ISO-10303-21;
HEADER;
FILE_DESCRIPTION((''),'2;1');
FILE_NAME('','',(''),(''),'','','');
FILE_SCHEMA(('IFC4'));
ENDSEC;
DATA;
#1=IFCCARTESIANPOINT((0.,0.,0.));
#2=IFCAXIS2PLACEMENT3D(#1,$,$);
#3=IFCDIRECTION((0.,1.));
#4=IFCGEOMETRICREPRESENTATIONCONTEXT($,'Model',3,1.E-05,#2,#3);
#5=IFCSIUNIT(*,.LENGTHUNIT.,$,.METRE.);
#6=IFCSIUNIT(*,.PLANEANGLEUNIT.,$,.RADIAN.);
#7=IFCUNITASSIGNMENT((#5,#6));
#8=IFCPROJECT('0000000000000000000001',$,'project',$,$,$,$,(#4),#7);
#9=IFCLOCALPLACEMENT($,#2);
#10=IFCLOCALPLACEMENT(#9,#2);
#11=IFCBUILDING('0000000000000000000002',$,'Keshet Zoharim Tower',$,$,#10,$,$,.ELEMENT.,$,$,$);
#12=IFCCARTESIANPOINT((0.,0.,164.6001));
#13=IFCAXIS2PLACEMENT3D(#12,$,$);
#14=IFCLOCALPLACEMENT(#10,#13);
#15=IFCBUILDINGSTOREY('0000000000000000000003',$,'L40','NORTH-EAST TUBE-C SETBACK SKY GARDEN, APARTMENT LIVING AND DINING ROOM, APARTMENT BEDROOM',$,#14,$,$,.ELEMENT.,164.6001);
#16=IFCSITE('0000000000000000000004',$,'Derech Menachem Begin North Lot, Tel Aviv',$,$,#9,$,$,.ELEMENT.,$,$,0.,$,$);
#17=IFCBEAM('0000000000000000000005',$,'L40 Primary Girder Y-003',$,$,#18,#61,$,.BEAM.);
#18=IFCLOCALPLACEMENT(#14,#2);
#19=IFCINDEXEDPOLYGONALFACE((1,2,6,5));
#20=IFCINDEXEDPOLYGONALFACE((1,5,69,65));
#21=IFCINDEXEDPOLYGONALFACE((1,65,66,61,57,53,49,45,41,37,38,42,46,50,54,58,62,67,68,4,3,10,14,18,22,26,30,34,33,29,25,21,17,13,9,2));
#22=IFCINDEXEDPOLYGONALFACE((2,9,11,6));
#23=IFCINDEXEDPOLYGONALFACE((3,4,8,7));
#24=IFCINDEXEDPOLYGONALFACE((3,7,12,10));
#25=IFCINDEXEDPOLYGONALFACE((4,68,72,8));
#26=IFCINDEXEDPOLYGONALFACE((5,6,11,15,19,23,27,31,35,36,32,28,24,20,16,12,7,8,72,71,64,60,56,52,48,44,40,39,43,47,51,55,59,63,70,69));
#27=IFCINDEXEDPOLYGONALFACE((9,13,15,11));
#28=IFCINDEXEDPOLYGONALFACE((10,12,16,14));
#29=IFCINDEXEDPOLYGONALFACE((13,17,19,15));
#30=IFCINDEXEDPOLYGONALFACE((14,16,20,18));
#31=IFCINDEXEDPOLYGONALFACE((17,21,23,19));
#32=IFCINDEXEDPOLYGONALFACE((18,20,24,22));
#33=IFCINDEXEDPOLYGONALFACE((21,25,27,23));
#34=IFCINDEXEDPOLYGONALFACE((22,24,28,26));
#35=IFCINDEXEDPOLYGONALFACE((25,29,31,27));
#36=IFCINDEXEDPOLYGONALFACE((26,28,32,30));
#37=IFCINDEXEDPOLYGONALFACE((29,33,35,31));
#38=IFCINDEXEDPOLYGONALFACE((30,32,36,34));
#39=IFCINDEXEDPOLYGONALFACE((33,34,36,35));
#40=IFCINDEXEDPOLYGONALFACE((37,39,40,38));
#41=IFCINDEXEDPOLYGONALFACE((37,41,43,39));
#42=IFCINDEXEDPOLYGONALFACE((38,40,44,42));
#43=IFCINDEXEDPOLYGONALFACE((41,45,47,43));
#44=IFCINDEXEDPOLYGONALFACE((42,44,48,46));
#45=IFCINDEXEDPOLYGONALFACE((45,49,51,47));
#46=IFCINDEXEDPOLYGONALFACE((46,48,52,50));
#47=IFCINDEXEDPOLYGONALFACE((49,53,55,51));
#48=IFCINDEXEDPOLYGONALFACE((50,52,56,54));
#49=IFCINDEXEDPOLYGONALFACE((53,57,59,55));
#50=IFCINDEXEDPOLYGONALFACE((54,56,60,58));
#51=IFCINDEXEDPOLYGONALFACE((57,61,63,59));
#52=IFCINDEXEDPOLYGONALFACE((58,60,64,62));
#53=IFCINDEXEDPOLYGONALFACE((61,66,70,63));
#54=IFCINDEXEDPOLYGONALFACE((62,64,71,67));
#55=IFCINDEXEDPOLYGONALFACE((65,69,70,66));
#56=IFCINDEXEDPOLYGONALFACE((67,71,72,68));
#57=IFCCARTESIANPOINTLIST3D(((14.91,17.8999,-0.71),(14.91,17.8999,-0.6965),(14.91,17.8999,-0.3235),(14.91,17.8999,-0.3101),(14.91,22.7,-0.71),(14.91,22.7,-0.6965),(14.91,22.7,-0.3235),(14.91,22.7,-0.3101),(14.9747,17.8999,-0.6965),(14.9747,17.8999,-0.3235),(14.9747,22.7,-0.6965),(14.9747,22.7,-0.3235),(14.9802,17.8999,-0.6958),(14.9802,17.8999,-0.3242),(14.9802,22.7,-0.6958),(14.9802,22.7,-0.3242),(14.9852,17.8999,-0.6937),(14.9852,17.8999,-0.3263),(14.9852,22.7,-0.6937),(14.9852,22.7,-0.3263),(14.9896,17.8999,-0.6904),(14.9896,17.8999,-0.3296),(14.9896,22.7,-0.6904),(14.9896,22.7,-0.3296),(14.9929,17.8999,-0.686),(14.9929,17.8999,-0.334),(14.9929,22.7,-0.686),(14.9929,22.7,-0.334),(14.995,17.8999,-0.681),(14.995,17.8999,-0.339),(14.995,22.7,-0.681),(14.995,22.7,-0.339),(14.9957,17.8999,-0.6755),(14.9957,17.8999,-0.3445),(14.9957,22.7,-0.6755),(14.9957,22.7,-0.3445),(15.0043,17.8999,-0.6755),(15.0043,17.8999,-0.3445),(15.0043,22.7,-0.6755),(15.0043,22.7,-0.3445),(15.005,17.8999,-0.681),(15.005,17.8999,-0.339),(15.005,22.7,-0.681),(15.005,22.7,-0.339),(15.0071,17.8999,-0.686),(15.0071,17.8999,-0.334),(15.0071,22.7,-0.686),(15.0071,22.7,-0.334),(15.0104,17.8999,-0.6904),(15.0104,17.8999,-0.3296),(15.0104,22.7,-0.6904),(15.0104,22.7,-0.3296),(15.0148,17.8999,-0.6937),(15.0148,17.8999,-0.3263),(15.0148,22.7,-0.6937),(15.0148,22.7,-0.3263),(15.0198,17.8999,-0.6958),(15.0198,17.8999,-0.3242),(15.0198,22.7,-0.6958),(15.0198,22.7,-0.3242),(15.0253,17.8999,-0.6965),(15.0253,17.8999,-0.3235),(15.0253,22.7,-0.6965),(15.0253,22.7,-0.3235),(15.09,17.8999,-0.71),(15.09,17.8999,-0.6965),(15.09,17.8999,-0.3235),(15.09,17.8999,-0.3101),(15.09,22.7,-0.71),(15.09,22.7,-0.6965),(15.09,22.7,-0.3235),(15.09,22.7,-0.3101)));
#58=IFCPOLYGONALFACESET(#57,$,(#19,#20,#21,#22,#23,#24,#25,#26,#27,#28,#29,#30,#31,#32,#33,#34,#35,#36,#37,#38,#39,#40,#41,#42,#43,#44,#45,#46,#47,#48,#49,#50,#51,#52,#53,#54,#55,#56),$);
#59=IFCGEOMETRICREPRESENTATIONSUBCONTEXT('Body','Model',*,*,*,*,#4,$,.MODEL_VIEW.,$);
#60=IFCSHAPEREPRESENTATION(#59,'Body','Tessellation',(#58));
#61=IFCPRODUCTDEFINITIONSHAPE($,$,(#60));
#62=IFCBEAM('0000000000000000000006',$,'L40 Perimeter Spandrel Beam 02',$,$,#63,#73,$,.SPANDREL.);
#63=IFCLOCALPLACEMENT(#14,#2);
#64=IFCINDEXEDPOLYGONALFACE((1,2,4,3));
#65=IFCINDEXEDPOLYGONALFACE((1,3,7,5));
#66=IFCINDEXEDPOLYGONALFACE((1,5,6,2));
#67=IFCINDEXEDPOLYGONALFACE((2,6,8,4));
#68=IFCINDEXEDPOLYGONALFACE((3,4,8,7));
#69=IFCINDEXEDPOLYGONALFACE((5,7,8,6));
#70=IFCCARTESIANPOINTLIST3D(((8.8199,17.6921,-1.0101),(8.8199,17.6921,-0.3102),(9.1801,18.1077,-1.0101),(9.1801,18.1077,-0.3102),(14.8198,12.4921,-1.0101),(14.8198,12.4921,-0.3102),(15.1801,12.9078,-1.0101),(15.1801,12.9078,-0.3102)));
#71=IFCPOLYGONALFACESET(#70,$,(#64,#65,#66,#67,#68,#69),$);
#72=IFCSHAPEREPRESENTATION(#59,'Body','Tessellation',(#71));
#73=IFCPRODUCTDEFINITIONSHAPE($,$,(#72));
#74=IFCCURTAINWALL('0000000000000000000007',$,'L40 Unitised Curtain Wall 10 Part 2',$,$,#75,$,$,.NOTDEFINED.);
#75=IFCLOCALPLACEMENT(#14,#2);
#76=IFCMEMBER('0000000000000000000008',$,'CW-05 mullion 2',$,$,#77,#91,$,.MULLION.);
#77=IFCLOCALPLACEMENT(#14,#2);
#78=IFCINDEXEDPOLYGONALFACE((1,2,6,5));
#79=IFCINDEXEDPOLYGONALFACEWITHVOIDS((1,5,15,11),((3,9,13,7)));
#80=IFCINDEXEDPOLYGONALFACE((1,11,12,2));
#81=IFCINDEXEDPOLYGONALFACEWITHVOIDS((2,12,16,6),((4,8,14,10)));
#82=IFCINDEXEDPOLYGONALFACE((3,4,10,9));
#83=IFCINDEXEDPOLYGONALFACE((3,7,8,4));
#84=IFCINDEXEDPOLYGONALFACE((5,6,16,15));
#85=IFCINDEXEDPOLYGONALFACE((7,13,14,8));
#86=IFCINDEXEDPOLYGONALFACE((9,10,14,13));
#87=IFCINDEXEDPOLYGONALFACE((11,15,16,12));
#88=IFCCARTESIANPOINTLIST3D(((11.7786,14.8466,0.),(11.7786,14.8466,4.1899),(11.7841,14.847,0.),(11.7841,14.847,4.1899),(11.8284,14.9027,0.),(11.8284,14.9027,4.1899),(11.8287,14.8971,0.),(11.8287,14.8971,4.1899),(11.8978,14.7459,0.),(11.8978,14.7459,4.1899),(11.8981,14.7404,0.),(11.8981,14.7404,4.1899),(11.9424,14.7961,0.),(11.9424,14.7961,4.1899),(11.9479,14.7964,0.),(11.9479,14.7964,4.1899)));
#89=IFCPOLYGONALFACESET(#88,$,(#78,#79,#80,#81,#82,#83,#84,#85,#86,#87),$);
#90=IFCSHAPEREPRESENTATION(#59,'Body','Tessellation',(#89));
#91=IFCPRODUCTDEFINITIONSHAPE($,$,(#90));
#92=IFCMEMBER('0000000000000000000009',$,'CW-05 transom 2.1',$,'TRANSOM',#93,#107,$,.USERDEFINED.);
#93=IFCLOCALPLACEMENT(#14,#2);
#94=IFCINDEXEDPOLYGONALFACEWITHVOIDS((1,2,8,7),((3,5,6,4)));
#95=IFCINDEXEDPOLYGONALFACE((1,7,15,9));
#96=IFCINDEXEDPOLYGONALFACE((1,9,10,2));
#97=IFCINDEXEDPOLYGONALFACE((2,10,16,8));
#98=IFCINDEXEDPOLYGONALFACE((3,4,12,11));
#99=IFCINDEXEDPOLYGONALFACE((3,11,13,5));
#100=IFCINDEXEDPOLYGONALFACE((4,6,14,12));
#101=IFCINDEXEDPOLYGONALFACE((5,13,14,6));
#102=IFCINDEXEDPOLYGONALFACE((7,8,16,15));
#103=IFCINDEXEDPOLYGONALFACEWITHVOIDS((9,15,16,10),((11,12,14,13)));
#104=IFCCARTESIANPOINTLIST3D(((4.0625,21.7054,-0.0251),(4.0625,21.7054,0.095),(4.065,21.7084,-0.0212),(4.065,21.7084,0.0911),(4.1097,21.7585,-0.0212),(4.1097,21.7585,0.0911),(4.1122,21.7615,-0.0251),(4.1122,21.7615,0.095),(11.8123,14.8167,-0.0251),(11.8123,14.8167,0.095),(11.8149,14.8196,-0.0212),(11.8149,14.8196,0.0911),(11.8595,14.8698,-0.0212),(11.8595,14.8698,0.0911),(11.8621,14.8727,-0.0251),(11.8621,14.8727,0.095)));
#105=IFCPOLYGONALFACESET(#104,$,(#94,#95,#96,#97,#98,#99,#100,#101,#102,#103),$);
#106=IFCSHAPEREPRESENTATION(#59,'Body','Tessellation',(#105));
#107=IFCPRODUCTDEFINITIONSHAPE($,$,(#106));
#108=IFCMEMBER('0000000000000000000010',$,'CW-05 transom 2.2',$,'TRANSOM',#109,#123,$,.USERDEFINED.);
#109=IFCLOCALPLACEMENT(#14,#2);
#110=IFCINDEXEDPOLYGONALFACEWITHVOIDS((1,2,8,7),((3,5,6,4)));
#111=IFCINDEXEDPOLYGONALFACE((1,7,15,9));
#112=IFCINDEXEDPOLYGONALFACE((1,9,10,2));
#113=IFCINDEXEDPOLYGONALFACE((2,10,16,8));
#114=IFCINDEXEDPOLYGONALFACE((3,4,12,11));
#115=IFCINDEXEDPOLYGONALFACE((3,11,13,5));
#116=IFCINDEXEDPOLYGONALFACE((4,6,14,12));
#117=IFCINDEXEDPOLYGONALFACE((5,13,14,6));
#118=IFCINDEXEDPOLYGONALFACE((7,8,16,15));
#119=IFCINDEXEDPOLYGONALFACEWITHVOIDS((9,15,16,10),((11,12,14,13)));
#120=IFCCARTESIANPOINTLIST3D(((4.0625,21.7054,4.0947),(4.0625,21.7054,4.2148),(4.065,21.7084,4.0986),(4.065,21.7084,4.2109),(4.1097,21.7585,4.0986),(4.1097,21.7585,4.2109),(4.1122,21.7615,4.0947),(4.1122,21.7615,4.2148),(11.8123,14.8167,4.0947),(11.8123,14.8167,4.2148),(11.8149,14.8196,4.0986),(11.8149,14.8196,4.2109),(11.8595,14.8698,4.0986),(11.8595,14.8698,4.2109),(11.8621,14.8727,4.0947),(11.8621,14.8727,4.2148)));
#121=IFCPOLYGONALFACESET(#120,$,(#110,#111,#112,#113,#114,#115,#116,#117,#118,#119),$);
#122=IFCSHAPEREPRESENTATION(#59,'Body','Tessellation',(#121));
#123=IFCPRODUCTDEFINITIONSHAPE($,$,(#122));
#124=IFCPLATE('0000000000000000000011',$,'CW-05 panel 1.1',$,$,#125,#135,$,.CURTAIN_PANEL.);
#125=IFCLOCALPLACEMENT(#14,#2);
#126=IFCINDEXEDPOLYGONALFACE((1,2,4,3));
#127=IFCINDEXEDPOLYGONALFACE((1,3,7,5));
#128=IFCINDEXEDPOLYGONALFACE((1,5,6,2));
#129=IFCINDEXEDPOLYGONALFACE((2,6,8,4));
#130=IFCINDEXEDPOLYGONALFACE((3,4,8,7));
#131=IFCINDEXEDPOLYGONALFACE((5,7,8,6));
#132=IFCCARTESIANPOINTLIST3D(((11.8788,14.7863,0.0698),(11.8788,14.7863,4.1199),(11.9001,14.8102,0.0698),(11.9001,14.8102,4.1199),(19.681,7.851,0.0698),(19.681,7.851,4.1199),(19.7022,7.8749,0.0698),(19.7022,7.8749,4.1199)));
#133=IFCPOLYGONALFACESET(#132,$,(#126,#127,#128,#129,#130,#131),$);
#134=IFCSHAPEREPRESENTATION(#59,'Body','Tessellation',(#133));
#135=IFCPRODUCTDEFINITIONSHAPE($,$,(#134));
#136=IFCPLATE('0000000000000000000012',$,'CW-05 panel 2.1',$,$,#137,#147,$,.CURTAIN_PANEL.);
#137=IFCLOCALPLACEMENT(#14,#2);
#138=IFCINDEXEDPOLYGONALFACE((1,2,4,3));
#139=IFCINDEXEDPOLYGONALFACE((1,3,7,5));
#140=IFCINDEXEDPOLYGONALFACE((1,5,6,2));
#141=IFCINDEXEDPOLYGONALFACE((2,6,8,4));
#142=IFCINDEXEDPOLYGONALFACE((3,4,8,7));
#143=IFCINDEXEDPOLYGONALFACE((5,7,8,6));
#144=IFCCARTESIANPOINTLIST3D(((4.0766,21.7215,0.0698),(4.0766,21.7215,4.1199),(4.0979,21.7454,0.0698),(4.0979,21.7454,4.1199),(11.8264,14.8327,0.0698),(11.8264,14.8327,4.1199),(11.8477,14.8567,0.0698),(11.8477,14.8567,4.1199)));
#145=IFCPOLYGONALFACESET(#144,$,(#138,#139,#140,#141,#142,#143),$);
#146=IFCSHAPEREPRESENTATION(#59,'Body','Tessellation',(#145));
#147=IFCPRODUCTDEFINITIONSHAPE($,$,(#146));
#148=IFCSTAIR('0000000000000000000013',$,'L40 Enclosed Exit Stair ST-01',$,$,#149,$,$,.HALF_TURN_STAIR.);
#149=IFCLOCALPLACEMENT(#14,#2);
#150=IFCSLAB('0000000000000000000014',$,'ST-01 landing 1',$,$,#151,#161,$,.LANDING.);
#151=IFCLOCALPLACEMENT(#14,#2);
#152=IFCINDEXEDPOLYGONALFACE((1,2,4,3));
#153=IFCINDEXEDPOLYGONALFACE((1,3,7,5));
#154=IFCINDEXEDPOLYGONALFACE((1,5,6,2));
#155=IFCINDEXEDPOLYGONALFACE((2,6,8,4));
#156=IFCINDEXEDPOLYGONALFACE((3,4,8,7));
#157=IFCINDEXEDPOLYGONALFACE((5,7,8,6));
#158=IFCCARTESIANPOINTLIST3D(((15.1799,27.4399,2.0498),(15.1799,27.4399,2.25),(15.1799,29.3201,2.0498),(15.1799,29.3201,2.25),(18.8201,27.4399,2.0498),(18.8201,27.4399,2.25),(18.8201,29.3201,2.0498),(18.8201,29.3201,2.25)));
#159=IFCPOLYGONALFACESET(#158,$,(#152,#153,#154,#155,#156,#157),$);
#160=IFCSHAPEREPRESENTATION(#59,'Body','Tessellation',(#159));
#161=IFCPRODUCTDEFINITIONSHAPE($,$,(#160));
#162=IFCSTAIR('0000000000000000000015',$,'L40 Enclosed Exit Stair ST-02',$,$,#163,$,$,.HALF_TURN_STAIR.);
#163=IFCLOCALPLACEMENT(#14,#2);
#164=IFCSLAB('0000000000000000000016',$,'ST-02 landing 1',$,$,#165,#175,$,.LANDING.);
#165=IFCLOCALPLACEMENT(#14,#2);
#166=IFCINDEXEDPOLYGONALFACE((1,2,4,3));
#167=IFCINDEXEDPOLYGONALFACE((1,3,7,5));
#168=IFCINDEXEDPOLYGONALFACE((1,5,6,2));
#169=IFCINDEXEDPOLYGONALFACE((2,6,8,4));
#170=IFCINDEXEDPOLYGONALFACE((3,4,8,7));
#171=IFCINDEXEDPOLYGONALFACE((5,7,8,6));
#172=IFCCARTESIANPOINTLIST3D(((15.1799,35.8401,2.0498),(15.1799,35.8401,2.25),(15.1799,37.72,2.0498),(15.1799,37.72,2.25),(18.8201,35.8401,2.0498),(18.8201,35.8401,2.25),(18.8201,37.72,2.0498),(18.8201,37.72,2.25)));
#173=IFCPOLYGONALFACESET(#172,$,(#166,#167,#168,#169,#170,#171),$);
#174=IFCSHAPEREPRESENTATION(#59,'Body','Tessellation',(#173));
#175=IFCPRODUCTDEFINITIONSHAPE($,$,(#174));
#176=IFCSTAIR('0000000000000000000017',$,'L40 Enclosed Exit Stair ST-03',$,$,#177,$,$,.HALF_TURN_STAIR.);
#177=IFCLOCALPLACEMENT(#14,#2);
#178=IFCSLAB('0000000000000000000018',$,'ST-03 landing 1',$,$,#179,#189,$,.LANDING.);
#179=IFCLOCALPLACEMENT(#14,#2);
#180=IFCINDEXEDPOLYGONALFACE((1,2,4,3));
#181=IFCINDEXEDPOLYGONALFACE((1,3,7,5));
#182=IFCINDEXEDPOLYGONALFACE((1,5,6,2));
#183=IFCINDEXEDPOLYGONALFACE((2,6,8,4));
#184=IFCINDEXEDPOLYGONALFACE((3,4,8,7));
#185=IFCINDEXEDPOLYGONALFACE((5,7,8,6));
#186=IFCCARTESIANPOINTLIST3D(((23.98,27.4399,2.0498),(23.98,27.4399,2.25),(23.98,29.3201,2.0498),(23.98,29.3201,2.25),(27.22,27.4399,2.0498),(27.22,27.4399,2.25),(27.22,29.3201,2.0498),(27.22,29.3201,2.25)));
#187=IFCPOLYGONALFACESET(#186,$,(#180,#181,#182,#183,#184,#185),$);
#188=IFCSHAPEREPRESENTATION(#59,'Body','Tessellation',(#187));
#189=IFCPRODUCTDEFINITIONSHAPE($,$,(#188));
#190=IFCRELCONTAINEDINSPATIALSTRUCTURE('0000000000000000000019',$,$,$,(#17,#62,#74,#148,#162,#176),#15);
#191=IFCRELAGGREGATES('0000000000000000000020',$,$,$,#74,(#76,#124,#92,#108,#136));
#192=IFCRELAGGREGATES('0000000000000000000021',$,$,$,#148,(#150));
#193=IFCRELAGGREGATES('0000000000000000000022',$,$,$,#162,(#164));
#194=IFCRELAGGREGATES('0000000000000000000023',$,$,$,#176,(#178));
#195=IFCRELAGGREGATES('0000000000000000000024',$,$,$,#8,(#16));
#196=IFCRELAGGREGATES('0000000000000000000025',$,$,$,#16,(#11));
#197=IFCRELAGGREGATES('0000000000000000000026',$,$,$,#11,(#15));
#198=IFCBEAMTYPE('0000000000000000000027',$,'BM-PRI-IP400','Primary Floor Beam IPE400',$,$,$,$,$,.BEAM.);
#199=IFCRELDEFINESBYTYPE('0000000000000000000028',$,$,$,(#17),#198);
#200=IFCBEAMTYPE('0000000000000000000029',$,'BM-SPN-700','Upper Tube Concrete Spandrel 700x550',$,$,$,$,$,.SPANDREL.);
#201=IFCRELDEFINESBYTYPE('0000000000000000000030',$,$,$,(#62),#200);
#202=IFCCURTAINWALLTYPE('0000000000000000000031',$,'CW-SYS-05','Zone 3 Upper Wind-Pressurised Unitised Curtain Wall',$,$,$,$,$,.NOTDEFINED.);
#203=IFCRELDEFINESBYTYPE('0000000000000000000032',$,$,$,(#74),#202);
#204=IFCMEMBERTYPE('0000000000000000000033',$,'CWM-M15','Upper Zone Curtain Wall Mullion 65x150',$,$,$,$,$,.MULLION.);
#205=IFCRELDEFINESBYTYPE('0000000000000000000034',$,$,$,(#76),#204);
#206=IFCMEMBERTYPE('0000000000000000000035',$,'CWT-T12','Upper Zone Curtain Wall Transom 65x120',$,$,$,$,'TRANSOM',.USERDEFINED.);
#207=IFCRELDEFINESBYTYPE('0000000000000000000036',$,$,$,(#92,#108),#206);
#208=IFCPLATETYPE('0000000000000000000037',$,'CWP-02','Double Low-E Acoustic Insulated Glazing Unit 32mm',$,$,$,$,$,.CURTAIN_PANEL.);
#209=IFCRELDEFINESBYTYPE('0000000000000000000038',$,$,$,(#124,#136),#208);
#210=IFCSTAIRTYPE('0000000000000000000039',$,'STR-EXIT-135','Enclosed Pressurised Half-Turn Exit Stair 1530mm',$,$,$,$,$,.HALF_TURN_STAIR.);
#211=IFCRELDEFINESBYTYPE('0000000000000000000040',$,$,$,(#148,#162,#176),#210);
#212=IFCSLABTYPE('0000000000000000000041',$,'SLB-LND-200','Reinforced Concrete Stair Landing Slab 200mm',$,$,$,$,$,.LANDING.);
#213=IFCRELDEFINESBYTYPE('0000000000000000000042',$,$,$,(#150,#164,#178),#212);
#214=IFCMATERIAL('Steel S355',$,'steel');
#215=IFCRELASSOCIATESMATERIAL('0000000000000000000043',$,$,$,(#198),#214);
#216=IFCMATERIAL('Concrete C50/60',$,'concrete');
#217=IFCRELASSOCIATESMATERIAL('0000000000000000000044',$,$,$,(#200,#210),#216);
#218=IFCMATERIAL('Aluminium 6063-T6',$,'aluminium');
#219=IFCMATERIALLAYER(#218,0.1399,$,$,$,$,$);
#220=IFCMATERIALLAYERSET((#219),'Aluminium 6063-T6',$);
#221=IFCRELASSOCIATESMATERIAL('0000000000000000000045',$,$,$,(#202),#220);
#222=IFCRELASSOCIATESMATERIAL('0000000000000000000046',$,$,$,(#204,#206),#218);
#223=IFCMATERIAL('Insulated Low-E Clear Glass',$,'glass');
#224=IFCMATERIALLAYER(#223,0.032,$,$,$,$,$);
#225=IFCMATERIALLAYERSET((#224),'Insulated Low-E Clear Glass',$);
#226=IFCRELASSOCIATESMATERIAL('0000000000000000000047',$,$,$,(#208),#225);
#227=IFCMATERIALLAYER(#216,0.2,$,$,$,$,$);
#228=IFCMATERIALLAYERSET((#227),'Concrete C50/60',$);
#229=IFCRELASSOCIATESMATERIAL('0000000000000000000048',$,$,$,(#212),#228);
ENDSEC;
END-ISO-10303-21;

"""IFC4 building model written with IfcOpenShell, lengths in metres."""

from ifc_helpers import new_model, si_unit, direction, frame, origin, origin_2d, place, context, subcontext, project, spatial, polyline, rectangle, hollow_rectangle, i_section, outline, extrude, material, layer, layer_set, material_profile, profile_set, type_object, element, aggregate, save


model = new_model("IFC4")

# Units and contexts
model_context = context("Model", 3, precision=1e-05, world=origin(), true_north=direction((0.0, 1.0)))
body_context = subcontext(model_context, "Body", "Model", "MODEL_VIEW")
ifc_project = project(units=[si_unit("LENGTHUNIT", "METRE"), si_unit("PLANEANGLEUNIT", "RADIAN")], contexts=[model_context])

# Site, building, storey
site_placement = place(None, origin())
site = spatial("IfcSite", under=ifc_project, at=site_placement, Name="Derech Menachem Begin North Lot, Tel Aviv", CompositionType="ELEMENT", RefElevation=0.0)
building_placement = place(site_placement, origin())
building = spatial("IfcBuilding", under=site, at=building_placement, Name="Keshet Zoharim Tower", CompositionType="ELEMENT")
storey_placement = place(building_placement, frame((0.0, 0.0, 164.6001)))
storey = spatial("IfcBuildingStorey", under=building, at=storey_placement, Name="L40", Description="NORTH-EAST TUBE-C SETBACK SKY GARDEN, APARTMENT LIVING AND DINING ROOM, APARTMENT BEDROOM", CompositionType="ELEMENT", Elevation=164.6001)

# Shared definitions
ifc_material_1 = material(Name="Steel S355", Category="steel")

# Beams
ifc_material_profile_1 = material_profile(ifc_material_1, i_section(OverallWidth=0.1799, OverallDepth=0.3999, WebThickness=0.0085, FlangeThickness=0.0134, FilletRadius=0.021, at=origin_2d()), Name="IPE400")
ifc_profile_set_1 = profile_set([ifc_material_profile_1], Name="Steel S355")
beam_type_1 = type_object("IfcBeamType", Name="BM-PRI-IP400", Description="Primary Floor Beam IPE400", PredefinedType="BEAM", material=ifc_profile_set_1)
beam_1_placement = place(storey_placement, frame((15.0, 17.8999, -0.51), z_axis=(0.0, 1.0, 0.0), x_axis=(-1.0, 0.0, 0.0)))
element("IfcBeam", 1, at=beam_1_placement, inside=storey, type_object=beam_type_1, Name="L40 Primary Girder Y-003", PredefinedType="BEAM", context=body_context, shape_type="SweptSolid", body=[
    extrude(i_section(OverallWidth=0.1799, OverallDepth=0.3999, WebThickness=0.0085, FlangeThickness=0.0134, FilletRadius=0.021, at=origin_2d()), origin(), (0.0, 0.0, 1.0), 4.8),
])
ifc_material_2 = material(Name="Concrete C50/60", Category="concrete")
ifc_material_profile_2 = material_profile(ifc_material_2, rectangle(XDim=0.55, YDim=0.7, at=origin_2d()), Name="RC700x550")
ifc_profile_set_2 = profile_set([ifc_material_profile_2], Name="Concrete C50/60")
beam_type_2 = type_object("IfcBeamType", Name="BM-SPN-700", Description="Upper Tube Concrete Spandrel 700x550", PredefinedType="SPANDREL", material=ifc_profile_set_2)
beam_2_placement = place(storey_placement, frame((9.0, 17.8999, -0.6602), z_axis=(0.755692, -0.654927, 0.0), x_axis=(0.654927, 0.755692, 0.0)))
element("IfcBeam", 2, at=beam_2_placement, inside=storey, type_object=beam_type_2, Name="L40 Perimeter Spandrel Beam 02", PredefinedType="SPANDREL", context=body_context, shape_type="SweptSolid", body=[
    extrude(rectangle(XDim=0.55, YDim=0.7, at=origin_2d()), origin(), (0.0, 0.0, 1.0), 7.9397),
])

# Curtain wall, members, plates
ifc_material_3 = material(Name="Aluminium 6063-T6", Category="aluminium")
ifc_layer_1 = layer(ifc_material_3, 0.1399)
ifc_layer_set_1 = layer_set([ifc_layer_1], Name="Aluminium 6063-T6")
curtain_wall_type = type_object("IfcCurtainWallType", Name="CW-SYS-05", Description="Zone 3 Upper Wind-Pressurised Unitised Curtain Wall", PredefinedType="NOTDEFINED", material=ifc_layer_set_1)
curtain_wall_placement = place(storey_placement, origin())
curtain_wall = element("IfcCurtainWall", 3, at=curtain_wall_placement, inside=storey, type_object=curtain_wall_type, Name="L40 Unitised Curtain Wall 10 Part 2", PredefinedType="NOTDEFINED")
ifc_material_profile_3 = material_profile(ifc_material_3, hollow_rectangle(XDim=0.075, YDim=0.1599, WallThickness=0.0039, at=origin_2d()), Name="MUL-75x160")
ifc_profile_set_3 = profile_set([ifc_material_profile_3], Name="Aluminium 6063-T6")
member_type_1 = type_object("IfcMemberType", Name="CWM-M15", Description="Upper Zone Curtain Wall Mullion 65x150", PredefinedType="MULLION", material=ifc_profile_set_3)
member_1_placement = place(storey_placement, frame((11.8633, 14.8215, 0.0), z_axis=(0.0, 0.0, 1.0), x_axis=(-0.664364, -0.747409, 0.0)))
member_1 = element("IfcMember", 4, at=member_1_placement, type_object=member_type_1, Name="CW-05 mullion 2", PredefinedType="MULLION", context=body_context, shape_type="SweptSolid", body=[
    extrude(hollow_rectangle(XDim=0.075, YDim=0.1599, WallThickness=0.0039, at=origin_2d()), origin(), (0.0, 0.0, 1.0), 4.1899),
])
ifc_material_profile_4 = material_profile(ifc_material_3, hollow_rectangle(XDim=0.075, YDim=0.1201, WallThickness=0.0039, at=origin_2d()), Name="TRN-75x120")
ifc_profile_set_4 = profile_set([ifc_material_profile_4], Name="Aluminium 6063-T6")
member_type_2 = type_object("IfcMemberType", Name="CWT-T12", Description="Upper Zone Curtain Wall Transom 65x120", ElementType="TRANSOM", PredefinedType="USERDEFINED", material=ifc_profile_set_4)
member_2_placement = place(storey_placement, frame((11.8372, 14.8447, 0.0349), z_axis=(-0.747409, 0.664364, 0.0), x_axis=(-0.664364, -0.747409, 0.0)))
member_2 = element("IfcMember", 5, at=member_2_placement, type_object=member_type_2, Name="CW-05 transom 2.1", ObjectType="TRANSOM", PredefinedType="USERDEFINED", context=body_context, shape_type="SweptSolid", body=[
    extrude(hollow_rectangle(XDim=0.075, YDim=0.1201, WallThickness=0.0039, at=origin_2d()), origin(), (0.0, 0.0, 1.0), 10.3689),
])
member_3_placement = place(storey_placement, frame((11.8372, 14.8447, 4.1548), z_axis=(-0.747409, 0.664364, 0.0), x_axis=(-0.664364, -0.747409, 0.0)))
member_3 = element("IfcMember", 6, at=member_3_placement, type_object=member_type_2, Name="CW-05 transom 2.2", ObjectType="TRANSOM", PredefinedType="USERDEFINED", context=body_context, shape_type="SweptSolid", body=[
    extrude(hollow_rectangle(XDim=0.075, YDim=0.1201, WallThickness=0.0039, at=origin_2d()), origin(), (0.0, 0.0, 1.0), 10.3689),
])
ifc_material_4 = material(Name="Insulated Low-E Clear Glass", Category="glass")
ifc_layer_2 = layer(ifc_material_4, 0.032)
ifc_layer_set_2 = layer_set([ifc_layer_2], Name="Insulated Low-E Clear Glass")
plate_type = type_object("IfcPlateType", Name="CWP-02", Description="Double Low-E Acoustic Insulated Glazing Unit 32mm", PredefinedType="CURTAIN_PANEL", material=ifc_layer_set_2)
plate_1_placement = place(storey_placement, frame((15.7905, 11.3306, 0.0698), z_axis=(0.0, 0.0, 1.0), x_axis=(-0.747409, 0.664364, 0.0)))
plate_1 = element("IfcPlate", 7, at=plate_1_placement, type_object=plate_type, Name="CW-05 panel 1.1", PredefinedType="CURTAIN_PANEL", context=body_context, shape_type="SweptSolid", body=[
    extrude(rectangle(XDim=10.439, YDim=0.032, at=origin_2d()), origin(), (0.0, 0.0, 1.0), 4.05),
])
plate_2_placement = place(storey_placement, frame((7.9622, 18.2891, 0.0698), z_axis=(0.0, 0.0, 1.0), x_axis=(-0.747409, 0.664364, 0.0)))
plate_2 = element("IfcPlate", 8, at=plate_2_placement, type_object=plate_type, Name="CW-05 panel 2.1", PredefinedType="CURTAIN_PANEL", context=body_context, shape_type="SweptSolid", body=[
    extrude(rectangle(XDim=10.3689, YDim=0.032, at=origin_2d()), origin(), (0.0, 0.0, 1.0), 4.05),
])
aggregate(curtain_wall, [member_1, plate_1, member_2, member_3, plate_2])

# Stairs, slabs
stair_type = type_object("IfcStairType", Name="STR-EXIT-135", Description="Enclosed Pressurised Half-Turn Exit Stair 1530mm", PredefinedType="HALF_TURN_STAIR", material=ifc_material_2)
stair_1_placement = place(storey_placement, origin())
stair_1 = element("IfcStair", 9, at=stair_1_placement, inside=storey, type_object=stair_type, Name="L40 Enclosed Exit Stair ST-01", PredefinedType="HALF_TURN_STAIR")
ifc_layer_3 = layer(ifc_material_2, 0.2)
ifc_layer_set_3 = layer_set([ifc_layer_3], Name="Concrete C50/60")
slab_type_1 = type_object("IfcSlabType", Name="SLB-LND-200", Description="Reinforced Concrete Stair Landing Slab 200mm", PredefinedType="LANDING", material=ifc_layer_set_3)
slab_1_placement = place(storey_placement, frame((0.0, 0.0, 2.0498)))
slab_1 = element("IfcSlab", 10, at=slab_1_placement, type_object=slab_type_1, Name="ST-01 landing 1", PredefinedType="LANDING", context=body_context, shape_type="SweptSolid", body=[
    extrude(outline(polyline([(15.1799, 27.4399), (18.8201, 27.4399), (18.8201, 29.3201), (15.1799, 29.3201), (15.1799, 27.4399)])), origin(), (0.0, 0.0, 1.0), 0.2002),
])
aggregate(stair_1, [slab_1])
stair_2_placement = place(storey_placement, origin())
stair_2 = element("IfcStair", 11, at=stair_2_placement, inside=storey, type_object=stair_type, Name="L40 Enclosed Exit Stair ST-02", PredefinedType="HALF_TURN_STAIR")
slab_2_placement = place(storey_placement, frame((0.0, 0.0, 2.0498)))
slab_2 = element("IfcSlab", 12, at=slab_2_placement, type_object=slab_type_1, Name="ST-02 landing 1", PredefinedType="LANDING", context=body_context, shape_type="SweptSolid", body=[
    extrude(outline(polyline([(15.1799, 35.8401), (18.8201, 35.8401), (18.8201, 37.72), (15.1799, 37.72), (15.1799, 35.8401)])), origin(), (0.0, 0.0, 1.0), 0.2002),
])
aggregate(stair_2, [slab_2])
stair_3_placement = place(storey_placement, origin())
stair_3 = element("IfcStair", 13, at=stair_3_placement, inside=storey, type_object=stair_type, Name="L40 Enclosed Exit Stair ST-03", PredefinedType="HALF_TURN_STAIR")
slab_3_placement = place(storey_placement, frame((0.0, 0.0, 2.0498)))
slab_3 = element("IfcSlab", 14, at=slab_3_placement, type_object=slab_type_1, Name="ST-03 landing 1", PredefinedType="LANDING", context=body_context, shape_type="SweptSolid", body=[
    extrude(outline(polyline([(23.98, 27.4399), (27.22, 27.4399), (27.22, 29.3201), (23.98, 29.3201), (23.98, 27.4399)])), origin(), (0.0, 0.0, 1.0), 0.2002),
])
aggregate(stair_3, [slab_3])

save(model, "model.ifc")
